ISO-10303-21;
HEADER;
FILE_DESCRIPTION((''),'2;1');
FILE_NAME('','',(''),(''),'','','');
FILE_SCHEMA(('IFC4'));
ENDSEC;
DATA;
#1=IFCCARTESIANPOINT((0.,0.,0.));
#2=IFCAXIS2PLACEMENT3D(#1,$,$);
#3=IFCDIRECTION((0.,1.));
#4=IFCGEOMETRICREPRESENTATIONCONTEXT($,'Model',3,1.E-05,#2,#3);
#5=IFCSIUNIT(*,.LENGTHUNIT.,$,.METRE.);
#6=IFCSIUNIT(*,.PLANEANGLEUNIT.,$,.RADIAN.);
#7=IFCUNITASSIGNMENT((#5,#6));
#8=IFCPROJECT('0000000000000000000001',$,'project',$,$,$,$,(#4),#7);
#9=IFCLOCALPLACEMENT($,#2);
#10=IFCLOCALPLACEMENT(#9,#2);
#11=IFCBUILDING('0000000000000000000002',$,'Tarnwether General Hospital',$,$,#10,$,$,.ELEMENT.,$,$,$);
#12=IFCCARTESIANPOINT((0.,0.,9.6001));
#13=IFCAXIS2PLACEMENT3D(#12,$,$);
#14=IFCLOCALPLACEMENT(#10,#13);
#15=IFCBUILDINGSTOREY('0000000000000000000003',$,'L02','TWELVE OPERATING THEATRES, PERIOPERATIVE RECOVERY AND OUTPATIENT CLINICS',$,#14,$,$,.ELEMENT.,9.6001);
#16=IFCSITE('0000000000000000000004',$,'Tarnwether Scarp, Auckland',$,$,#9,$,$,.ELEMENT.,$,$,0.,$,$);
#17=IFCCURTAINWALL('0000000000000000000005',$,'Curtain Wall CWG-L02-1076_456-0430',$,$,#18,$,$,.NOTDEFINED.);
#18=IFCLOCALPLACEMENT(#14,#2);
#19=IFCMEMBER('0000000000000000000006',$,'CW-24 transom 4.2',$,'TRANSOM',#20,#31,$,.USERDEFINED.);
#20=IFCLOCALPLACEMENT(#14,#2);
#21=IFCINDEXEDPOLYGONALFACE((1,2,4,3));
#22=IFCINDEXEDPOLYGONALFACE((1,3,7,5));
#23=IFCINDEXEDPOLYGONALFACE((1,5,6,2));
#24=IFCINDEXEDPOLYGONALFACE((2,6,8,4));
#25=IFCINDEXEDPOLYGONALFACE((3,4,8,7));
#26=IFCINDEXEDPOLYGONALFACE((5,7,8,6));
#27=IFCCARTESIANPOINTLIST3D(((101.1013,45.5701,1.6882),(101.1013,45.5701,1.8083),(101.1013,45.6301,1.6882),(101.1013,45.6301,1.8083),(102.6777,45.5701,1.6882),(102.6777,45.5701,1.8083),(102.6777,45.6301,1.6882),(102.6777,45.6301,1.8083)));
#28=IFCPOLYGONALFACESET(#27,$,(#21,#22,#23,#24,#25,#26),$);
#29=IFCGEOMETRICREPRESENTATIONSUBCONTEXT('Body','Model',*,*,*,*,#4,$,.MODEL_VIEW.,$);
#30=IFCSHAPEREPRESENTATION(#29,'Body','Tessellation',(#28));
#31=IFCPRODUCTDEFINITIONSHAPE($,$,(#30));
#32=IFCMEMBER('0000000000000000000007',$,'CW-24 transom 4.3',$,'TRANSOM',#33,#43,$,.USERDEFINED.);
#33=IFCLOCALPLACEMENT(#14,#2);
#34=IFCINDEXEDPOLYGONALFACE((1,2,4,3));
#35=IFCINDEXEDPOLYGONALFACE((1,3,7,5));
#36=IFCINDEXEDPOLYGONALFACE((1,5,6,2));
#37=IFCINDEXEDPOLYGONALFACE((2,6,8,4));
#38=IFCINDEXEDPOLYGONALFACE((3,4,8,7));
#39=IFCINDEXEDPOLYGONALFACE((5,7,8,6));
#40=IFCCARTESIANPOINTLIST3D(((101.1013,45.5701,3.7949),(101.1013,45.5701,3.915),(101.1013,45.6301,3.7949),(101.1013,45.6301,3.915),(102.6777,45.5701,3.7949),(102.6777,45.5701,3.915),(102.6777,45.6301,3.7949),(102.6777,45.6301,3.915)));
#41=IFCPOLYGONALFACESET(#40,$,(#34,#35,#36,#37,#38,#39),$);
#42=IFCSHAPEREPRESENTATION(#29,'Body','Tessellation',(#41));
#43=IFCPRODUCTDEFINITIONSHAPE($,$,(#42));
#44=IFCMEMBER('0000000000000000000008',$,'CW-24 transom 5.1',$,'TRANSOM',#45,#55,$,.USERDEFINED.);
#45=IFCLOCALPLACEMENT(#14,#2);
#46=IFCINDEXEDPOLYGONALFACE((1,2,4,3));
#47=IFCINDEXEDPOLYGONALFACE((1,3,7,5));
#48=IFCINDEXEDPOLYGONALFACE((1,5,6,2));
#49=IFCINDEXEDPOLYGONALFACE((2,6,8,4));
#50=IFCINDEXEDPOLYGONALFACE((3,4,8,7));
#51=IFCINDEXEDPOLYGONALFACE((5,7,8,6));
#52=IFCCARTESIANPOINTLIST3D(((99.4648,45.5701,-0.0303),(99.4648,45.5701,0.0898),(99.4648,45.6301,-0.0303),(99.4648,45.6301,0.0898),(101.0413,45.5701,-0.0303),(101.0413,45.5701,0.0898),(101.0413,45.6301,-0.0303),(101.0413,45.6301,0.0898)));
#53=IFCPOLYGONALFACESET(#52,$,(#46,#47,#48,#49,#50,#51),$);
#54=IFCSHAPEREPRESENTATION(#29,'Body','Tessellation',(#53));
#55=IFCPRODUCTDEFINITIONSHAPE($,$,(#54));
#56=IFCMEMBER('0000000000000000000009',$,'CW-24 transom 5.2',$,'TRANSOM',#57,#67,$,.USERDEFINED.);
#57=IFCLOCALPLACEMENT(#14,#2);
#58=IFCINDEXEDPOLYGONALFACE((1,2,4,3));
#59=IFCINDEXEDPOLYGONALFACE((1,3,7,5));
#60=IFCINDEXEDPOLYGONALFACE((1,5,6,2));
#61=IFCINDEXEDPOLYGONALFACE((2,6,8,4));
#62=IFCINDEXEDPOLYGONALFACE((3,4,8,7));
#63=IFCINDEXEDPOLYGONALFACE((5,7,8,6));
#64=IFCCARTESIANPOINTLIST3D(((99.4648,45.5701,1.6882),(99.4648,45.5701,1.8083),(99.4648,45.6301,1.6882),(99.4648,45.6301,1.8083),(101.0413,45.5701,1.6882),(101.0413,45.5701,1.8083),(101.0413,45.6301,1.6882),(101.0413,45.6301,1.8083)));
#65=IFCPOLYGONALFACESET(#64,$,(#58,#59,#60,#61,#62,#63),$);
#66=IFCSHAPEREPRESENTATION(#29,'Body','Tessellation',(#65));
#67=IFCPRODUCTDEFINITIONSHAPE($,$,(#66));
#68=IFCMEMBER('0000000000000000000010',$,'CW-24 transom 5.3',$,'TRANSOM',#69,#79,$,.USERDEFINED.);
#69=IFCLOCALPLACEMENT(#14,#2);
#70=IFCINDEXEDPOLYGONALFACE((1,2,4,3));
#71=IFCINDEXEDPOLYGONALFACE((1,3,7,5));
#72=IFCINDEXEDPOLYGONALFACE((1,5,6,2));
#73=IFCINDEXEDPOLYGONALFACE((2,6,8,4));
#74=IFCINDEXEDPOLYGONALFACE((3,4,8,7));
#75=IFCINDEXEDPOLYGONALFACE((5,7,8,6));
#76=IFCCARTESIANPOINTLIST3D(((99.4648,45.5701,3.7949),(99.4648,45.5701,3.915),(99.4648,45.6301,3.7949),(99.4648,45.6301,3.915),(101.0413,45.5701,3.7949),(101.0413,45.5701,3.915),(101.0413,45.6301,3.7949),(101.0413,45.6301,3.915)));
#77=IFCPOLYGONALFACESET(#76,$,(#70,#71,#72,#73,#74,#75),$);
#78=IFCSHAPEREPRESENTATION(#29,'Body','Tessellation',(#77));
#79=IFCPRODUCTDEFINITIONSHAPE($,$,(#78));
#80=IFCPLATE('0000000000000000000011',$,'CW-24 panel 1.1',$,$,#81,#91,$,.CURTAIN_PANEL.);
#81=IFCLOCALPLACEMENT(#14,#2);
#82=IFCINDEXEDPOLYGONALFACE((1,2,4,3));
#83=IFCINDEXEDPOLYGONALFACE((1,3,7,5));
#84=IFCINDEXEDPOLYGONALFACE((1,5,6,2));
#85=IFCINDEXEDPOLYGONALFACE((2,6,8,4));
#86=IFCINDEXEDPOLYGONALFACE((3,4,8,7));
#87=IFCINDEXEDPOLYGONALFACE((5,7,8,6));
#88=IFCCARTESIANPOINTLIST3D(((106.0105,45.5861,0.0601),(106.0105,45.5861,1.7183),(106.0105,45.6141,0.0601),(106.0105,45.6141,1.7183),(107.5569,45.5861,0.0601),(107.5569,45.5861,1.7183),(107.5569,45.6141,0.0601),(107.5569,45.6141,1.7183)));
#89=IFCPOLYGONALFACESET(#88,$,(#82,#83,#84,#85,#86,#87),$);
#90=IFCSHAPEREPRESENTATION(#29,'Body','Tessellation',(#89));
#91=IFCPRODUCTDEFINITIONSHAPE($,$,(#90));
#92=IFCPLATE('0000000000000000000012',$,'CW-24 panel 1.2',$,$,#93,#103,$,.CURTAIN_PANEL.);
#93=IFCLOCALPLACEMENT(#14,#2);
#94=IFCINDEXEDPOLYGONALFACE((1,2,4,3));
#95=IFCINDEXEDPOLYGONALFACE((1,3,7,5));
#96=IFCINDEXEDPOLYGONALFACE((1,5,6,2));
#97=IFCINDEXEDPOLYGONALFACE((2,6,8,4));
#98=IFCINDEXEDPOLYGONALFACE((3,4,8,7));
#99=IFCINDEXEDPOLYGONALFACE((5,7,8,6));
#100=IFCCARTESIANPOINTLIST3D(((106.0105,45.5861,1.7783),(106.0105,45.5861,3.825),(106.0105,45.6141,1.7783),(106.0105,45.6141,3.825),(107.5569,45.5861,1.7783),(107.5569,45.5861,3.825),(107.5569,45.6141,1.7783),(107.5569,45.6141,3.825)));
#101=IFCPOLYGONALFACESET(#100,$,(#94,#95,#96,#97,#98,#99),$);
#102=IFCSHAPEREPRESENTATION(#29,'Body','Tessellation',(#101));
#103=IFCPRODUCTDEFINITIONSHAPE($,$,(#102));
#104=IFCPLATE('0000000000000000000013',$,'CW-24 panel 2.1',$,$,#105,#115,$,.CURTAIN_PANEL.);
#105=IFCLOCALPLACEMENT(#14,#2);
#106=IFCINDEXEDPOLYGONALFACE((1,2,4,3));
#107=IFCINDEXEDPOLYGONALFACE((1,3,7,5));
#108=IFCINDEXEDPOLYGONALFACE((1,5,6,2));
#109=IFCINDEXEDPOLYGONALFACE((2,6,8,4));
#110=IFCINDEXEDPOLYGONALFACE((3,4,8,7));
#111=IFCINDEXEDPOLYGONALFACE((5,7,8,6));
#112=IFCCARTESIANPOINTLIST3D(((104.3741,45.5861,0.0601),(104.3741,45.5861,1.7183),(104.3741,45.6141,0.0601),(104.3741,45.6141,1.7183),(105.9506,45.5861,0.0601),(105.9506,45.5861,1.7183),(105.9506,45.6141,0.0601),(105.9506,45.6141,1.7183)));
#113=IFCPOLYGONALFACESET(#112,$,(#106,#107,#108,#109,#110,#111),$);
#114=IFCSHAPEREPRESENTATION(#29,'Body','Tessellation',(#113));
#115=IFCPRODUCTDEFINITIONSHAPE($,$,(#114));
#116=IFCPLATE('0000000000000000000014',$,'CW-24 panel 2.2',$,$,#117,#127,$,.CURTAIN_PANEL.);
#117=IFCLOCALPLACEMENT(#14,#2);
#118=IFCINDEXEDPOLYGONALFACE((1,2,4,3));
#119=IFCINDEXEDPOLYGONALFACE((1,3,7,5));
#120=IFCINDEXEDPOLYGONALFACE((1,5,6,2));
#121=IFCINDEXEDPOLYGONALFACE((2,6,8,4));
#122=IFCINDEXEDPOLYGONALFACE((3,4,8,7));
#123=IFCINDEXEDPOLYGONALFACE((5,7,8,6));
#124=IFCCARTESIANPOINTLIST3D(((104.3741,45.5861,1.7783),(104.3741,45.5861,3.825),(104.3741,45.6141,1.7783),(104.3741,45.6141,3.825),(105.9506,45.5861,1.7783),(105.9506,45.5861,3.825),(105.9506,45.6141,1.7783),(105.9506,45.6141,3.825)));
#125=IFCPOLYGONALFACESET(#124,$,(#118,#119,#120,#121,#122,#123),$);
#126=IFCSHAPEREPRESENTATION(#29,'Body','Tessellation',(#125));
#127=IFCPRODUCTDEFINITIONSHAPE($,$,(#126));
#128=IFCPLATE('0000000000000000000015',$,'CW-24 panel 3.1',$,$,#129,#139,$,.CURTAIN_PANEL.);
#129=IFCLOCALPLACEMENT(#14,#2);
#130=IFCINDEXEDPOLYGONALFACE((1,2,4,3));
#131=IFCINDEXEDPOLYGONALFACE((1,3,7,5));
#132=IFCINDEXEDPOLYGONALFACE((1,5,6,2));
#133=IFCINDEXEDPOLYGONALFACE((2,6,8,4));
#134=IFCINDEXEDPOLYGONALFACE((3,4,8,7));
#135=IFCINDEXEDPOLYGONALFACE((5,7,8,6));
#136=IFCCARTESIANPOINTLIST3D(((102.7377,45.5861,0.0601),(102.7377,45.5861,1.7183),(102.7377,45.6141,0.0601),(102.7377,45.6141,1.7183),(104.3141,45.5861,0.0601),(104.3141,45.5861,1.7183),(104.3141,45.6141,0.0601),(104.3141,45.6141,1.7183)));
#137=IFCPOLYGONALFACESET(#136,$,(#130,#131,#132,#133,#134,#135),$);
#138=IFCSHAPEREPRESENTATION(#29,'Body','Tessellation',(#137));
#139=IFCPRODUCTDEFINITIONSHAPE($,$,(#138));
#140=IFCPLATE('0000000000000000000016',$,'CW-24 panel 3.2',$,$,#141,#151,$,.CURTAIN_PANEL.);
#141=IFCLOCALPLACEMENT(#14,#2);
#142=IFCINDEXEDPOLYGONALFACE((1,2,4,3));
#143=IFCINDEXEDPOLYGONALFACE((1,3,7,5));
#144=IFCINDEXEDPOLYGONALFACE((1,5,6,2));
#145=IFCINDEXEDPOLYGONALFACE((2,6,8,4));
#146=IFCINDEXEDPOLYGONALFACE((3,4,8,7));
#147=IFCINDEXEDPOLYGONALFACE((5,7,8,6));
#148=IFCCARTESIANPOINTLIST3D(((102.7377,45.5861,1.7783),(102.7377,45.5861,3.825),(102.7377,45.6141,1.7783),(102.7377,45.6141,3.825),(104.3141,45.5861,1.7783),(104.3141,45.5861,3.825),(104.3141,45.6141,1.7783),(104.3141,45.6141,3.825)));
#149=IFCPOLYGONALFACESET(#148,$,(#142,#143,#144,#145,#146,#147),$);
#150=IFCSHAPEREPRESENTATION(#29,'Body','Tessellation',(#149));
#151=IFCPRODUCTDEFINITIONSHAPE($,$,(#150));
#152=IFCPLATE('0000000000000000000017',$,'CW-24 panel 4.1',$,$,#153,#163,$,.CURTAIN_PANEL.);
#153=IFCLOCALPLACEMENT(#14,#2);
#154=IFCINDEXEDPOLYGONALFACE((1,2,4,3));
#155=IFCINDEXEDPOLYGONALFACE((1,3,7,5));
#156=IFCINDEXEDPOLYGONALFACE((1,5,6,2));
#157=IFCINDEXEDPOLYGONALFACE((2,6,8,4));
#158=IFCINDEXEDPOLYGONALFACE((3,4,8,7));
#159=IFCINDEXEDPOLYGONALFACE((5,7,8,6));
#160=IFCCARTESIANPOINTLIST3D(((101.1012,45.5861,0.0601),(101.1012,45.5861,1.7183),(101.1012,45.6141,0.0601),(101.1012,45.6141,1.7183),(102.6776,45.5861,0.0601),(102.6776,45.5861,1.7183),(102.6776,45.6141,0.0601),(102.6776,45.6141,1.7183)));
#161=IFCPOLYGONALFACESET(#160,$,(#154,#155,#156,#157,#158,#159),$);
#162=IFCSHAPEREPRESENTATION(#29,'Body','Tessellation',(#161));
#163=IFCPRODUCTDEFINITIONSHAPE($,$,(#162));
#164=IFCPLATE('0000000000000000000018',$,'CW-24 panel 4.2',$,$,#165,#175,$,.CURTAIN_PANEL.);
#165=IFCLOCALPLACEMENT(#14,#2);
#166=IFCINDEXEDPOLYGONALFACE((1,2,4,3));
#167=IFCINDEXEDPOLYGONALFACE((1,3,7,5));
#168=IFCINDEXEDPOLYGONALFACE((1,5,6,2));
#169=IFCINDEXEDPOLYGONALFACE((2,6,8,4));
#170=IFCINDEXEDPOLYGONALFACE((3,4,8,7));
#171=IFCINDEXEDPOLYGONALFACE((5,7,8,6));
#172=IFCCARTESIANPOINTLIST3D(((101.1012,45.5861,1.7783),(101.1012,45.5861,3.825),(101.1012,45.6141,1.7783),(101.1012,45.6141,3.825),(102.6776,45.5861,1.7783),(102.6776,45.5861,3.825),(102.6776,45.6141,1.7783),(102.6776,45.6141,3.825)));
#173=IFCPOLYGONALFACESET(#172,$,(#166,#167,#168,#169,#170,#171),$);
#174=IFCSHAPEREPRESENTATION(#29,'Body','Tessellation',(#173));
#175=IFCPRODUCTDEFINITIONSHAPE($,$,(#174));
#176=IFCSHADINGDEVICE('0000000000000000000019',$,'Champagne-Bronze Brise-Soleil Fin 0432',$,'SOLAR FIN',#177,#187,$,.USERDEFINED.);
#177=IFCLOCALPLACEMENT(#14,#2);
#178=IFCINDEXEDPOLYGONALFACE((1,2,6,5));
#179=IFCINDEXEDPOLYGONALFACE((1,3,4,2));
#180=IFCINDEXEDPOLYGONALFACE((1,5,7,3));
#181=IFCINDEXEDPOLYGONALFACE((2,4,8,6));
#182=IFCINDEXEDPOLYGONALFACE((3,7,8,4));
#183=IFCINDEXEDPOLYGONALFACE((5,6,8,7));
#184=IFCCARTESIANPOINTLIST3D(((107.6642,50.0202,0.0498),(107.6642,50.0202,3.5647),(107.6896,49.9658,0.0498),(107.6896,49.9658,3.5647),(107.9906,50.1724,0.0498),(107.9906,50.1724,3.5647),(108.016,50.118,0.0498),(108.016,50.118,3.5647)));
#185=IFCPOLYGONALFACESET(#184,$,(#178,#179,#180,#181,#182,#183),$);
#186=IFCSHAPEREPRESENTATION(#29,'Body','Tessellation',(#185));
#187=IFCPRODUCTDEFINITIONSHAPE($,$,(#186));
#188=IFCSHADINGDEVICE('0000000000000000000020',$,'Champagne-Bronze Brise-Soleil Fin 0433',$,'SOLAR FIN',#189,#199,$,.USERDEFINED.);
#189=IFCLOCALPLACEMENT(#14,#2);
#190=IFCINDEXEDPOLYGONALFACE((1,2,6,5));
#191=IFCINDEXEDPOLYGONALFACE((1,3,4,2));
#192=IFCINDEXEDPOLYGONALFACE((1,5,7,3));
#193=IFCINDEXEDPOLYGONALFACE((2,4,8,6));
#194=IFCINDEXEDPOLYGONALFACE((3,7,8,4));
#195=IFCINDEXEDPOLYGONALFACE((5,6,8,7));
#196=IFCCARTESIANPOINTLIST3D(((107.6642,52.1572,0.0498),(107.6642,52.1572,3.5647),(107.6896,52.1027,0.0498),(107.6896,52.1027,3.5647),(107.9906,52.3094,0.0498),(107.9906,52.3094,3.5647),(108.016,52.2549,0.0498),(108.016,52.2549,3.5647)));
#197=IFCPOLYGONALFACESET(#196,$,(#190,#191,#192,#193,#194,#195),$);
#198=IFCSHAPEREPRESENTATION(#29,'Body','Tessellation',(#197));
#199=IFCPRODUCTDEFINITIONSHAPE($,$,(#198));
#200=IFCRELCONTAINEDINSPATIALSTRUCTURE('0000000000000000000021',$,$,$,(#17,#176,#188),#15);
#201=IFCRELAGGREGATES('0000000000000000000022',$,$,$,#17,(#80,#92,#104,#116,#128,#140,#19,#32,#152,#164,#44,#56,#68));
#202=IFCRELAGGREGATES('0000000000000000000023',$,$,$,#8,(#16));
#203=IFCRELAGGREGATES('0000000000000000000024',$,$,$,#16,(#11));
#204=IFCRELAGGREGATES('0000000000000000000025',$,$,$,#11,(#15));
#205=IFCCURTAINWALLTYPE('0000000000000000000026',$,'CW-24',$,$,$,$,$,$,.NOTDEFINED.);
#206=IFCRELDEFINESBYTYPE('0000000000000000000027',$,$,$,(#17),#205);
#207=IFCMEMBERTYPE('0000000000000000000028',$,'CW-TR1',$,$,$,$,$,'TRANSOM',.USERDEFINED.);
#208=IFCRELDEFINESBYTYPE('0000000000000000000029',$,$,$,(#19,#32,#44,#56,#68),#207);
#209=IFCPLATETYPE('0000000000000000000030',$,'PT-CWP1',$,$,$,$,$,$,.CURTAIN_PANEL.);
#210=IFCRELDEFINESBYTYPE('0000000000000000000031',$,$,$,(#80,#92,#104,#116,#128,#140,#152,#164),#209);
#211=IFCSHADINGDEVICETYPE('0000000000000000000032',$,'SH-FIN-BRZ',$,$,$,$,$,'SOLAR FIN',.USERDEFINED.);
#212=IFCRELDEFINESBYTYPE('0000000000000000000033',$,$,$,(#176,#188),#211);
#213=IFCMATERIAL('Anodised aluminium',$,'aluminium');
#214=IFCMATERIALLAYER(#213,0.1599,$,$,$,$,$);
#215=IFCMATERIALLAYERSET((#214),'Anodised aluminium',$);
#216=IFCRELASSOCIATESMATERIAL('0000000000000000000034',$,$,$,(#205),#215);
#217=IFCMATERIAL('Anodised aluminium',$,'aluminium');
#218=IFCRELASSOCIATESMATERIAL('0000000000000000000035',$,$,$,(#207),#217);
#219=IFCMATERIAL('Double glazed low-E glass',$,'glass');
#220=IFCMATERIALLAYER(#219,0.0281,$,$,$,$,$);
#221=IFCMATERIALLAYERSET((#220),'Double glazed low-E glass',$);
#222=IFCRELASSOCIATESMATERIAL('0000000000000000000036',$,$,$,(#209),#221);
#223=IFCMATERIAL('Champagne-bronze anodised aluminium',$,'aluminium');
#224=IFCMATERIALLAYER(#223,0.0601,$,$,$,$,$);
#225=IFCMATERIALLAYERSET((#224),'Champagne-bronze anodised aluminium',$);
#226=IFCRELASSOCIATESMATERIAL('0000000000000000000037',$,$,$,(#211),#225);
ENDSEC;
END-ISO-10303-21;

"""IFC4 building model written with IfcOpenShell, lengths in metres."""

from ifc_helpers import new_model, si_unit, direction, frame, origin, origin_2d, place, context, subcontext, project, spatial, rectangle, extrude, material, layer, layer_set, material_profile, profile_set, type_object, element, aggregate, save


model = new_model("IFC4")

# Units and contexts
model_context = context("Model", 3, precision=1e-05, world=origin(), true_north=direction((0.0, 1.0)))
body_context = subcontext(model_context, "Body", "Model", "MODEL_VIEW")
ifc_project = project(units=[si_unit("LENGTHUNIT", "METRE"), si_unit("PLANEANGLEUNIT", "RADIAN")], contexts=[model_context])

# Site, building, storey
site_placement = place(None, origin())
site = spatial("IfcSite", under=ifc_project, at=site_placement, Name="Tarnwether Scarp, Auckland", CompositionType="ELEMENT", RefElevation=0.0)
building_placement = place(site_placement, origin())
building = spatial("IfcBuilding", under=site, at=building_placement, Name="Tarnwether General Hospital", CompositionType="ELEMENT")
storey_placement = place(building_placement, frame((0.0, 0.0, 9.6001)))
storey = spatial("IfcBuildingStorey", under=building, at=storey_placement, Name="L02", Description="TWELVE OPERATING THEATRES, PERIOPERATIVE RECOVERY AND OUTPATIENT CLINICS", CompositionType="ELEMENT", Elevation=9.6001)

# Curtain wall, members, plates
ifc_material_1 = material(Name="Anodised aluminium", Category="aluminium")
ifc_layer_1 = layer(ifc_material_1, 0.1599)
ifc_layer_set_1 = layer_set([ifc_layer_1], Name="Anodised aluminium")
curtain_wall_type = type_object("IfcCurtainWallType", Name="CW-24", PredefinedType="NOTDEFINED", material=ifc_layer_set_1)
curtain_wall_placement = place(storey_placement, origin())
curtain_wall = element("IfcCurtainWall", 1, at=curtain_wall_placement, inside=storey, type_object=curtain_wall_type, Name="Curtain Wall CWG-L02-1076_456-0430", PredefinedType="NOTDEFINED")
ifc_material_2 = material(Name="Anodised aluminium", Category="aluminium")
ifc_material_profile_1 = material_profile(ifc_material_2, rectangle(XDim=0.0601, YDim=0.1201, at=origin_2d()), Name="ALU-TRN-60x120")
ifc_profile_set_1 = profile_set([ifc_material_profile_1], Name="Anodised aluminium")
member_type_1 = type_object("IfcMemberType", Name="CW-TR1", ElementType="TRANSOM", PredefinedType="USERDEFINED", material=ifc_profile_set_1)
member_1_placement = place(storey_placement, frame((102.6777, 45.6001, 1.7483), z_axis=(-1.0, 0.0, 0.0), x_axis=(0.0, -1.0, 0.0)))
member_1 = element("IfcMember", 2, at=member_1_placement, type_object=member_type_1, Name="CW-24 transom 4.2", ObjectType="TRANSOM", PredefinedType="USERDEFINED", context=body_context, shape_type="SweptSolid", body=[
    extrude(rectangle(XDim=0.0601, YDim=0.1201, at=origin_2d()), origin(), (0.0, 0.0, 1.0), 1.5764),
])
member_2_placement = place(storey_placement, frame((102.6777, 45.6001, 3.855), z_axis=(-1.0, 0.0, 0.0), x_axis=(0.0, -1.0, 0.0)))
member_2 = element("IfcMember", 3, at=member_2_placement, type_object=member_type_1, Name="CW-24 transom 4.3", ObjectType="TRANSOM", PredefinedType="USERDEFINED", context=body_context, shape_type="SweptSolid", body=[
    extrude(rectangle(XDim=0.0601, YDim=0.1201, at=origin_2d()), origin(), (0.0, 0.0, 1.0), 1.5764),
])
member_3_placement = place(storey_placement, frame((101.0413, 45.6001, 0.0298), z_axis=(-1.0, 0.0, 0.0), x_axis=(0.0, -1.0, 0.0)))
member_3 = element("IfcMember", 4, at=member_3_placement, type_object=member_type_1, Name="CW-24 transom 5.1", ObjectType="TRANSOM", PredefinedType="USERDEFINED", context=body_context, shape_type="SweptSolid", body=[
    extrude(rectangle(XDim=0.0601, YDim=0.1201, at=origin_2d()), origin(), (0.0, 0.0, 1.0), 1.5764),
])
member_4_placement = place(storey_placement, frame((101.0413, 45.6001, 1.7483), z_axis=(-1.0, 0.0, 0.0), x_axis=(0.0, -1.0, 0.0)))
member_4 = element("IfcMember", 5, at=member_4_placement, type_object=member_type_1, Name="CW-24 transom 5.2", ObjectType="TRANSOM", PredefinedType="USERDEFINED", context=body_context, shape_type="SweptSolid", body=[
    extrude(rectangle(XDim=0.0601, YDim=0.1201, at=origin_2d()), origin(), (0.0, 0.0, 1.0), 1.5764),
])
member_5_placement = place(storey_placement, frame((101.0413, 45.6001, 3.855), z_axis=(-1.0, 0.0, 0.0), x_axis=(0.0, -1.0, 0.0)))
member_5 = element("IfcMember", 6, at=member_5_placement, type_object=member_type_1, Name="CW-24 transom 5.3", ObjectType="TRANSOM", PredefinedType="USERDEFINED", context=body_context, shape_type="SweptSolid", body=[
    extrude(rectangle(XDim=0.0601, YDim=0.1201, at=origin_2d()), origin(), (0.0, 0.0, 1.0), 1.5764),
])
ifc_material_3 = material(Name="Double glazed low-E glass", Category="glass")
ifc_layer_2 = layer(ifc_material_3, 0.0281)
ifc_layer_set_2 = layer_set([ifc_layer_2], Name="Double glazed low-E glass")
plate_type = type_object("IfcPlateType", Name="PT-CWP1", PredefinedType="CURTAIN_PANEL", material=ifc_layer_set_2)
plate_1_placement = place(storey_placement, frame((106.7837, 45.6001, 0.0601), z_axis=(0.0, 0.0, 1.0), x_axis=(-1.0, 0.0, 0.0)))
plate_1 = element("IfcPlate", 7, at=plate_1_placement, type_object=plate_type, Name="CW-24 panel 1.1", PredefinedType="CURTAIN_PANEL", context=body_context, shape_type="SweptSolid", body=[
    extrude(rectangle(XDim=1.5464, YDim=0.0281, at=origin_2d()), origin(), (0.0, 0.0, 1.0), 1.6582),
])
plate_2_placement = place(storey_placement, frame((106.7837, 45.6001, 1.7783), z_axis=(0.0, 0.0, 1.0), x_axis=(-1.0, 0.0, 0.0)))
plate_2 = element("IfcPlate", 8, at=plate_2_placement, type_object=plate_type, Name="CW-24 panel 1.2", PredefinedType="CURTAIN_PANEL", context=body_context, shape_type="SweptSolid", body=[
    extrude(rectangle(XDim=1.5464, YDim=0.0281, at=origin_2d()), origin(), (0.0, 0.0, 1.0), 2.0466),
])
plate_3_placement = place(storey_placement, frame((105.1624, 45.6001, 0.0601), z_axis=(0.0, 0.0, 1.0), x_axis=(-1.0, 0.0, 0.0)))
plate_3 = element("IfcPlate", 9, at=plate_3_placement, type_object=plate_type, Name="CW-24 panel 2.1", PredefinedType="CURTAIN_PANEL", context=body_context, shape_type="SweptSolid", body=[
    extrude(rectangle(XDim=1.5764, YDim=0.0281, at=origin_2d()), origin(), (0.0, 0.0, 1.0), 1.6582),
])
plate_4_placement = place(storey_placement, frame((105.1624, 45.6001, 1.7783), z_axis=(0.0, 0.0, 1.0), x_axis=(-1.0, 0.0, 0.0)))
plate_4 = element("IfcPlate", 10, at=plate_4_placement, type_object=plate_type, Name="CW-24 panel 2.2", PredefinedType="CURTAIN_PANEL", context=body_context, shape_type="SweptSolid", body=[
    extrude(rectangle(XDim=1.5764, YDim=0.0281, at=origin_2d()), origin(), (0.0, 0.0, 1.0), 2.0466),
])
plate_5_placement = place(storey_placement, frame((103.5259, 45.6001, 0.0601), z_axis=(0.0, 0.0, 1.0), x_axis=(-1.0, 0.0, 0.0)))
plate_5 = element("IfcPlate", 11, at=plate_5_placement, type_object=plate_type, Name="CW-24 panel 3.1", PredefinedType="CURTAIN_PANEL", context=body_context, shape_type="SweptSolid", body=[
    extrude(rectangle(XDim=1.5764, YDim=0.0281, at=origin_2d()), origin(), (0.0, 0.0, 1.0), 1.6582),
])
plate_6_placement = place(storey_placement, frame((103.5259, 45.6001, 1.7783), z_axis=(0.0, 0.0, 1.0), x_axis=(-1.0, 0.0, 0.0)))
plate_6 = element("IfcPlate", 12, at=plate_6_placement, type_object=plate_type, Name="CW-24 panel 3.2", PredefinedType="CURTAIN_PANEL", context=body_context, shape_type="SweptSolid", body=[
    extrude(rectangle(XDim=1.5764, YDim=0.0281, at=origin_2d()), origin(), (0.0, 0.0, 1.0), 2.0466),
])
plate_7_placement = place(storey_placement, frame((101.8894, 45.6001, 0.0601), z_axis=(0.0, 0.0, 1.0), x_axis=(-1.0, 0.0, 0.0)))
plate_7 = element("IfcPlate", 13, at=plate_7_placement, type_object=plate_type, Name="CW-24 panel 4.1", PredefinedType="CURTAIN_PANEL", context=body_context, shape_type="SweptSolid", body=[
    extrude(rectangle(XDim=1.5764, YDim=0.0281, at=origin_2d()), origin(), (0.0, 0.0, 1.0), 1.6582),
])
plate_8_placement = place(storey_placement, frame((101.8894, 45.6001, 1.7783), z_axis=(0.0, 0.0, 1.0), x_axis=(-1.0, 0.0, 0.0)))
plate_8 = element("IfcPlate", 14, at=plate_8_placement, type_object=plate_type, Name="CW-24 panel 4.2", PredefinedType="CURTAIN_PANEL", context=body_context, shape_type="SweptSolid", body=[
    extrude(rectangle(XDim=1.5764, YDim=0.0281, at=origin_2d()), origin(), (0.0, 0.0, 1.0), 2.0466),
])
aggregate(curtain_wall, [plate_1, plate_2, plate_3, plate_4, plate_5, plate_6, member_1, member_2, plate_7, plate_8, member_3, member_4, member_5])

# Shading devices
ifc_material_4 = material(Name="Champagne-bronze anodised aluminium", Category="aluminium")
ifc_layer_3 = layer(ifc_material_4, 0.0601)
ifc_layer_set_3 = layer_set([ifc_layer_3], Name="Champagne-bronze anodised aluminium")
shading_device_type = type_object("IfcShadingDeviceType", Name="SH-FIN-BRZ", ElementType="SOLAR FIN", PredefinedType="USERDEFINED", material=ifc_layer_set_3)
for number, where, z_axis, x_axis, name in (
    (15, (107.8401, 50.0691, 0.0498), (0.0, 0.0, 1.0), (-0.422618, 0.906308, 0.0), "Champagne-Bronze Brise-Soleil Fin 0432"),
    (16, (107.8401, 52.2061, 0.0498), (0.0, 0.0, 1.0), (-0.422618, 0.906308, 0.0), "Champagne-Bronze Brise-Soleil Fin 0433"),
):
    element("IfcShadingDevice", number, at=place(storey_placement, frame(where, z_axis=z_axis, x_axis=x_axis)), inside=storey, type_object=shading_device_type, Name=name, ObjectType="SOLAR FIN", PredefinedType="USERDEFINED", context=body_context, shape_type="SweptSolid", body=[
        extrude(rectangle(XDim=0.0601, YDim=0.3601, at=origin_2d()), origin(), (0.0, 0.0, 1.0), 3.5149),
    ])

save(model, "model.ifc")
